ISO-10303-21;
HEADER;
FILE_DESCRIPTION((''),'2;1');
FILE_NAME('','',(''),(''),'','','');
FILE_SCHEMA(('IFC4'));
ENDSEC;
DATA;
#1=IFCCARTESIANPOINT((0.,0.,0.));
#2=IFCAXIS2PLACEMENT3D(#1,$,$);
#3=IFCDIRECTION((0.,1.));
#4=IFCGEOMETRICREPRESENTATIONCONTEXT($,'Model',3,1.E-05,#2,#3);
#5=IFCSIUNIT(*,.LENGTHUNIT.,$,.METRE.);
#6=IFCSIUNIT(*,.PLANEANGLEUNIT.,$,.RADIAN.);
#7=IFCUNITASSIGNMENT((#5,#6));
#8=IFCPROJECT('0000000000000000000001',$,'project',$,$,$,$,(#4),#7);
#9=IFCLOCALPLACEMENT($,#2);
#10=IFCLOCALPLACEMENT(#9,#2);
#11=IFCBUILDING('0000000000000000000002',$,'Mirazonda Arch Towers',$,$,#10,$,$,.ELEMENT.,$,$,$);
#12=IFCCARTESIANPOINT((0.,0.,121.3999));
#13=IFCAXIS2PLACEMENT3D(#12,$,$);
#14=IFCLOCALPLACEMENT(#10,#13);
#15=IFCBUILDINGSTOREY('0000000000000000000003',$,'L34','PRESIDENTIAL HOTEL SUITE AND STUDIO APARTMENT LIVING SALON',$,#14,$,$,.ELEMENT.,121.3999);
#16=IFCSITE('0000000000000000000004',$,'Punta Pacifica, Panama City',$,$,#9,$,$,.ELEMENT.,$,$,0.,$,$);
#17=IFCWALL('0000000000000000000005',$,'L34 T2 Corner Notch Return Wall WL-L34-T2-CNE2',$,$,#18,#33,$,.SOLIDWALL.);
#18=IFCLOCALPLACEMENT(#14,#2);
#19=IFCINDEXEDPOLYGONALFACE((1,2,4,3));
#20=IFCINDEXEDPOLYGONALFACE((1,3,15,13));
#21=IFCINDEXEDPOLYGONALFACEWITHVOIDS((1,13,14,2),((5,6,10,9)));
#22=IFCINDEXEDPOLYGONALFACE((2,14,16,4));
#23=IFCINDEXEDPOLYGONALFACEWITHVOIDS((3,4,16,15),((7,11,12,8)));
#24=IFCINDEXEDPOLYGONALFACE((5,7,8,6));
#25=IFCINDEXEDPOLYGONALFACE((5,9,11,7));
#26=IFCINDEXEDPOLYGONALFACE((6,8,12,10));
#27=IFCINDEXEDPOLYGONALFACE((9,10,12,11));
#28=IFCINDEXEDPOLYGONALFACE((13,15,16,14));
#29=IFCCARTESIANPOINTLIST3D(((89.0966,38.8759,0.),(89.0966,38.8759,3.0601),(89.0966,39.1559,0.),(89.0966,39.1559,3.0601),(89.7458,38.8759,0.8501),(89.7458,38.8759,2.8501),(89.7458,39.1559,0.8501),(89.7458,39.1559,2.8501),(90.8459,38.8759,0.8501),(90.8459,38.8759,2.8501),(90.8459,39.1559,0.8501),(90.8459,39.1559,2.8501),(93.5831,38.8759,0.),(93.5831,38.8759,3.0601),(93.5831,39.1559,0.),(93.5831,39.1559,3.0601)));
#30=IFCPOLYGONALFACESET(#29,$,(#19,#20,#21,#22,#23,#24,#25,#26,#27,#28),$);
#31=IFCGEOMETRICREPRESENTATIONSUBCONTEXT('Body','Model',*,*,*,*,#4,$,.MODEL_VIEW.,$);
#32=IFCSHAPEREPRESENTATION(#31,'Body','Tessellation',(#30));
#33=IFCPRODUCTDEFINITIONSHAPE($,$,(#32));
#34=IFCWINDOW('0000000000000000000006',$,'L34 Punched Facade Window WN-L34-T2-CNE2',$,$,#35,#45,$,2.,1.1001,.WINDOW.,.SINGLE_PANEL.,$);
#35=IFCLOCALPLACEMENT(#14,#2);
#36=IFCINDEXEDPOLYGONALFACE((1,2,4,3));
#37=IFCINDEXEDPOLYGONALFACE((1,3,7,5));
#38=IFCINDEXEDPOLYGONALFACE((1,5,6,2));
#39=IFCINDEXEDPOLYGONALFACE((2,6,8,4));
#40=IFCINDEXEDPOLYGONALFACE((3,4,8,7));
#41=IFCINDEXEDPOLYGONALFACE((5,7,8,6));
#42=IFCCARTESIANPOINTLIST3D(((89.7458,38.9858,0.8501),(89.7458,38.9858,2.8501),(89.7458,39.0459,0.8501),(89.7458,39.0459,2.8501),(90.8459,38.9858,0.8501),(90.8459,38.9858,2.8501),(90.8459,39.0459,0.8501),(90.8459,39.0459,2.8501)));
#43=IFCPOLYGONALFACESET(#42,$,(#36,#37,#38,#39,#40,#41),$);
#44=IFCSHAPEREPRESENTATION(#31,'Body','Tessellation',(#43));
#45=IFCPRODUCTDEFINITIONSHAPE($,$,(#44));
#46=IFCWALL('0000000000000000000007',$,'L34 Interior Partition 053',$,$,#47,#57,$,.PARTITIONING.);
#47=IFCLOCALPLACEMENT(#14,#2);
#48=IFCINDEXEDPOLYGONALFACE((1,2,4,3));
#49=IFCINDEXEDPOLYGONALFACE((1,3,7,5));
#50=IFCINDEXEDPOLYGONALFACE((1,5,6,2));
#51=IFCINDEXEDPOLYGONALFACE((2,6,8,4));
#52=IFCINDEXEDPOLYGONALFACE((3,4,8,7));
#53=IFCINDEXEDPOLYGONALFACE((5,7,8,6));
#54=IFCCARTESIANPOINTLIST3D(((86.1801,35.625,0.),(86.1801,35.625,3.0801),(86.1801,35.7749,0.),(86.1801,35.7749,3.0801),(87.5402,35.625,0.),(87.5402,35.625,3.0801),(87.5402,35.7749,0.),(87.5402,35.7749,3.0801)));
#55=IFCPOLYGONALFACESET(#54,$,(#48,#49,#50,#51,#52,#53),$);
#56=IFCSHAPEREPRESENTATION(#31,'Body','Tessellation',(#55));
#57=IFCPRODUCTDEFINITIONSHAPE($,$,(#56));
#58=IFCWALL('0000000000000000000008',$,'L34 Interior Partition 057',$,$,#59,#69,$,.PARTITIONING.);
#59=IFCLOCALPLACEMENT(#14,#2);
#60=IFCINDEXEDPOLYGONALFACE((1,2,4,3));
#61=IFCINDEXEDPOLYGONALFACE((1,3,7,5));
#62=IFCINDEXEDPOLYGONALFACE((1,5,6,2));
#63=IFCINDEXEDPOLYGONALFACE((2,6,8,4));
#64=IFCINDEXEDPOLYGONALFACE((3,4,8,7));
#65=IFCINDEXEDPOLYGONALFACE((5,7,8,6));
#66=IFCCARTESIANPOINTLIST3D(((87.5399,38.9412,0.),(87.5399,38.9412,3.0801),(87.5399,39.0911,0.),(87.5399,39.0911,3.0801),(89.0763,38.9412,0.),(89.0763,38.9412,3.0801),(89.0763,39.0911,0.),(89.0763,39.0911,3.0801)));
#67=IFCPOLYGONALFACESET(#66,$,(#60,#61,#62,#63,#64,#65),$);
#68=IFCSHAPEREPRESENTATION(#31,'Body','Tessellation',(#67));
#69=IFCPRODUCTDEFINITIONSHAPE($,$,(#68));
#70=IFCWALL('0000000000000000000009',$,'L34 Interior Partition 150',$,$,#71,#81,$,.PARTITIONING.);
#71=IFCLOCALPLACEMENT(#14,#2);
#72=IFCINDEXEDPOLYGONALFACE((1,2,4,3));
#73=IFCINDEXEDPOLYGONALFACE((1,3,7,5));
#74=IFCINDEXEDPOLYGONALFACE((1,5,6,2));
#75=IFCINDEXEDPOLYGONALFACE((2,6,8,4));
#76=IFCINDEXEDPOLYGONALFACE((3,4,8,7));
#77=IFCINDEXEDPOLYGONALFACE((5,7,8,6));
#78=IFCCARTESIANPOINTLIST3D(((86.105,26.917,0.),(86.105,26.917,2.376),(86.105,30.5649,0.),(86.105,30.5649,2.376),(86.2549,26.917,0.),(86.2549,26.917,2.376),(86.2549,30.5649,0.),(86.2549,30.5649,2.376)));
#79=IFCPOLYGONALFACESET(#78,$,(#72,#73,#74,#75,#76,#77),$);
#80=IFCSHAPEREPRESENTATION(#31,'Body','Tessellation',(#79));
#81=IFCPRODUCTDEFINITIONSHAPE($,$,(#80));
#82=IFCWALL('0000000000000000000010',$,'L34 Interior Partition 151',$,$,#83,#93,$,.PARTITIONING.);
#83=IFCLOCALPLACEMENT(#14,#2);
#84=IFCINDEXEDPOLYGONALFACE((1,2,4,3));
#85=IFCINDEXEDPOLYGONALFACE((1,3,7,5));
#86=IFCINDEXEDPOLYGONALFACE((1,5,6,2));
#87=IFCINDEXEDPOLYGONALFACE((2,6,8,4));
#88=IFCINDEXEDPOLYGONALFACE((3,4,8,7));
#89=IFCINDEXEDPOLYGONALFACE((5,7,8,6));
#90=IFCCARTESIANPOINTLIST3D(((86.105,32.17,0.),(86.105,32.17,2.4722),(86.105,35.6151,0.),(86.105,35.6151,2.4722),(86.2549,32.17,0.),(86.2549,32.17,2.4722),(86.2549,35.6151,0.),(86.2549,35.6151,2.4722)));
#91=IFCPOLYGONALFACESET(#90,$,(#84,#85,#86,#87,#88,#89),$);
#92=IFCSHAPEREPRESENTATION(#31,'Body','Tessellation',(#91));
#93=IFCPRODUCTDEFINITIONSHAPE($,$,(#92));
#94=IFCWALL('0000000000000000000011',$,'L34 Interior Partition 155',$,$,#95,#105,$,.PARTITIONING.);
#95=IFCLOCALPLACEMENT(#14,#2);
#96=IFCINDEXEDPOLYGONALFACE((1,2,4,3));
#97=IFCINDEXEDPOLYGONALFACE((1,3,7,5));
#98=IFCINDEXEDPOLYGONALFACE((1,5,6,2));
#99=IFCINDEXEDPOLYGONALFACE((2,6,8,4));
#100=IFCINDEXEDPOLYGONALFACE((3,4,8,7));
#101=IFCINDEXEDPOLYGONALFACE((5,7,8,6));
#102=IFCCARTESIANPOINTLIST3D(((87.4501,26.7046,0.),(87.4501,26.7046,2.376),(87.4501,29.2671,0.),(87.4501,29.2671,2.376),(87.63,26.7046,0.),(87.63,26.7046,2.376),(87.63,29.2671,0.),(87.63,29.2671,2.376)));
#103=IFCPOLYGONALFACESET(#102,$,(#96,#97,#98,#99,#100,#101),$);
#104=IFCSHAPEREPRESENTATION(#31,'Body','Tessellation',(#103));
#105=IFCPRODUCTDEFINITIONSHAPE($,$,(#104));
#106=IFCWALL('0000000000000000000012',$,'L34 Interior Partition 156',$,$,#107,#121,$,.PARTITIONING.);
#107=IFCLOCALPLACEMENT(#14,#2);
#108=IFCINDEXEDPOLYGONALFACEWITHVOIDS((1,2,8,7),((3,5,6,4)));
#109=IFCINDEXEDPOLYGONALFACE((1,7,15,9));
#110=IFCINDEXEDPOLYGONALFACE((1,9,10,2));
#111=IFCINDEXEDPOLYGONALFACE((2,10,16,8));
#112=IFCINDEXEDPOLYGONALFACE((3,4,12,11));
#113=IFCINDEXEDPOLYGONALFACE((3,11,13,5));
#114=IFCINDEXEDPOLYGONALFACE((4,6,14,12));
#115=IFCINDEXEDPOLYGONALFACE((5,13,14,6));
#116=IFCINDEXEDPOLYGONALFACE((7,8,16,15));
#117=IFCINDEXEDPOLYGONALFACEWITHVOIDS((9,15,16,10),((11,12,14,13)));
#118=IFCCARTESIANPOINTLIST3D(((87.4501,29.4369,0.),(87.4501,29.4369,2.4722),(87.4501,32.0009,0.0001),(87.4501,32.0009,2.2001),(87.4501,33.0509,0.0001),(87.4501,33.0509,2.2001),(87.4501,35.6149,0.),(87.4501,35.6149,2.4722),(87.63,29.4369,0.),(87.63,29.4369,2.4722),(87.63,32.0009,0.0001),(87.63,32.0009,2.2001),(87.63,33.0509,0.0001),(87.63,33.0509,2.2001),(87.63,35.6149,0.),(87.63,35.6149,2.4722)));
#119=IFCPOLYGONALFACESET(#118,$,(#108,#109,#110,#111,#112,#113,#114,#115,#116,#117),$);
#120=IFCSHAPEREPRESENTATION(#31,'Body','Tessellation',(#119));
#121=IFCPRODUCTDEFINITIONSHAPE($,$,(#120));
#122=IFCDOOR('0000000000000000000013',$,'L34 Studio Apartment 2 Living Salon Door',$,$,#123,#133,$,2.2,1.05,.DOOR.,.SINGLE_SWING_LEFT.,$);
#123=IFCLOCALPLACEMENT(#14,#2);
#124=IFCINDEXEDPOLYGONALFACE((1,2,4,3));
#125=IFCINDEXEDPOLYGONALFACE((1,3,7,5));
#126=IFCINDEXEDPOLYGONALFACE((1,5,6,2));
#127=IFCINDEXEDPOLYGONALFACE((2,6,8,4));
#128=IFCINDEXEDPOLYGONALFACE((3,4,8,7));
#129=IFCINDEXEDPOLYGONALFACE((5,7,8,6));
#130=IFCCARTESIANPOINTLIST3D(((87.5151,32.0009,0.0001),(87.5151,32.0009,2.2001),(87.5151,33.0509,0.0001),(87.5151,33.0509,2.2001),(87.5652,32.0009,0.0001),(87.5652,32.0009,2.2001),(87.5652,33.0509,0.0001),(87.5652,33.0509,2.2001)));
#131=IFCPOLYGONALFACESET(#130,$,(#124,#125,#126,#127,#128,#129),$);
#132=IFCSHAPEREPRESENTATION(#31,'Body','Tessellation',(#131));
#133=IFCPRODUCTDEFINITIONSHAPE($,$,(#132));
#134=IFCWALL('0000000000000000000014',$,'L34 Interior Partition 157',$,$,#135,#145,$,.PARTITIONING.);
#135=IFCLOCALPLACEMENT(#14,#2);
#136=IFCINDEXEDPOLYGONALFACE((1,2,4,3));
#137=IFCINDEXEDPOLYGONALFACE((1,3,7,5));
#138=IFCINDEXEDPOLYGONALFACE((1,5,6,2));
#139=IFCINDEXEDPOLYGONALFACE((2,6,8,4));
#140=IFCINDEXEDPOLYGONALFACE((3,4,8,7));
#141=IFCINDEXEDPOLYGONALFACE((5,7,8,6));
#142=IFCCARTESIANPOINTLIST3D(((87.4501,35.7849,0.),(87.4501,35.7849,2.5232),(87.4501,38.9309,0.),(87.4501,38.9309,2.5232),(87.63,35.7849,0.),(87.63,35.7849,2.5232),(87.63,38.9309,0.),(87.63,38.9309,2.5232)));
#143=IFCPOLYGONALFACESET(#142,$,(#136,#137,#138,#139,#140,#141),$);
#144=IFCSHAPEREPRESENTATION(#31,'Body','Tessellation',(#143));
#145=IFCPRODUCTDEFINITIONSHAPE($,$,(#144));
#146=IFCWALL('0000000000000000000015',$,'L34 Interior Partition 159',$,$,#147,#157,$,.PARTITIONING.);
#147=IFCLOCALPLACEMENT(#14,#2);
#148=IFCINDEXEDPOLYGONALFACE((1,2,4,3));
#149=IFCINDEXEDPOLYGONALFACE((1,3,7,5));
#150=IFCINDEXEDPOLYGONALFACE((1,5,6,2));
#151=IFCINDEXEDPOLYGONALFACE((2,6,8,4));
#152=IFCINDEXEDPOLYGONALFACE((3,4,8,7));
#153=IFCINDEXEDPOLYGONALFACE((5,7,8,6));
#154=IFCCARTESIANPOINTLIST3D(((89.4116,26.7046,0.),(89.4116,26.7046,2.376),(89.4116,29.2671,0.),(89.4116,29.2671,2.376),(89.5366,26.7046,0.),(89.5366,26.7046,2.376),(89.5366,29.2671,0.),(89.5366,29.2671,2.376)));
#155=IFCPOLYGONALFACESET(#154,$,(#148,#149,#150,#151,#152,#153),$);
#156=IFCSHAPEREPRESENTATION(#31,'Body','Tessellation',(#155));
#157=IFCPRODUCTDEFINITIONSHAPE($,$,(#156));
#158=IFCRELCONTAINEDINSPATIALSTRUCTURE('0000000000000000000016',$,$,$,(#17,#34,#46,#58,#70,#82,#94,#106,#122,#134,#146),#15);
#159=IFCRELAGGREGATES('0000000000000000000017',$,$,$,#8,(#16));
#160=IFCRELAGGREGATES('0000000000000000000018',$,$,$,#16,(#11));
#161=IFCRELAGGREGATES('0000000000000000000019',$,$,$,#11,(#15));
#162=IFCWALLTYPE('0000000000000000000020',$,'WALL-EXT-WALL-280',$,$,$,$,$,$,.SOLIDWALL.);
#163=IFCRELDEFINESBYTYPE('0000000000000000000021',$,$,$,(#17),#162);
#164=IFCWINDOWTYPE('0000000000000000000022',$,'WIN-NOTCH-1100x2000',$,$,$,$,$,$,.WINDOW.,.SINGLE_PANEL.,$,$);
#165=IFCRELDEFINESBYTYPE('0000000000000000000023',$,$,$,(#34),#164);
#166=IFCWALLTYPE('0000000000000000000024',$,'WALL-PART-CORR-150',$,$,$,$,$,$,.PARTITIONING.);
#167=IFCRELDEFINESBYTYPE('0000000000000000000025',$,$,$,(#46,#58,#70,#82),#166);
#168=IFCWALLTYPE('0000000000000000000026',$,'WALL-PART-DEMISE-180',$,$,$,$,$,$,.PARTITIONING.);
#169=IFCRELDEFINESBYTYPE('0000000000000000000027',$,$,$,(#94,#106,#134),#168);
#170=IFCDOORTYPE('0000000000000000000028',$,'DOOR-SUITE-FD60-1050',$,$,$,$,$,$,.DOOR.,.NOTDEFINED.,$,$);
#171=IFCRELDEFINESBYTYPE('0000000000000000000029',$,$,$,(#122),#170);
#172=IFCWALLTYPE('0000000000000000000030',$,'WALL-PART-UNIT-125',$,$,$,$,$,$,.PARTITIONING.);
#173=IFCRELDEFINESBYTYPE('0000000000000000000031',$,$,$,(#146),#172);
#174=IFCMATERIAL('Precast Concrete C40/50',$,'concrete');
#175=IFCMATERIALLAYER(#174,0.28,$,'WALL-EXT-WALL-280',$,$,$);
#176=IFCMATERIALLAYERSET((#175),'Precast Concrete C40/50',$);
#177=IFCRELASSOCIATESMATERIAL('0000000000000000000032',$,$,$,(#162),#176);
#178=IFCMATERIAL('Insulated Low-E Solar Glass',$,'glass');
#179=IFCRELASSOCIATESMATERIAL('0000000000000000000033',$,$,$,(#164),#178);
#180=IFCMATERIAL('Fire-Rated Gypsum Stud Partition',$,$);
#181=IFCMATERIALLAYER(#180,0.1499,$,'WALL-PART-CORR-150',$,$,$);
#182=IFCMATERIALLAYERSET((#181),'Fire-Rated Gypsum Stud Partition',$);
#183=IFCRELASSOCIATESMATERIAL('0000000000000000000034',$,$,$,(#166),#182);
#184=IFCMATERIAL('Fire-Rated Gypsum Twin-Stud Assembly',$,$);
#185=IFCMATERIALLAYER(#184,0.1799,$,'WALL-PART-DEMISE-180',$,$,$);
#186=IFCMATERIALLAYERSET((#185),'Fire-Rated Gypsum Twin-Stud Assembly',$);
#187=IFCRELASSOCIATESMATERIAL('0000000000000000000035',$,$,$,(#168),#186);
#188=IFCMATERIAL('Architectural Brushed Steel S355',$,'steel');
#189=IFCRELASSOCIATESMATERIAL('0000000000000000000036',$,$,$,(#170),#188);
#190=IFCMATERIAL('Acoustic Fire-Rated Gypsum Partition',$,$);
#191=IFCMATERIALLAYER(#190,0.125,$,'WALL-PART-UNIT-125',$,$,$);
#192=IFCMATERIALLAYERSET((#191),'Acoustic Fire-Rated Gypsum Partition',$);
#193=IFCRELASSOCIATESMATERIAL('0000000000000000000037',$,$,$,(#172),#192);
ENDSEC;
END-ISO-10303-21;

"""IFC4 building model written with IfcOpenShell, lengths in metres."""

from ifc_helpers import new_model, si_unit, direction, frame, frame_2d, origin, place, context, subcontext, project, spatial, rectangle, extrude, material, layer, layer_set, type_object, element, fill, save


model = new_model("IFC4")

# Units and contexts
model_context = context("Model", 3, precision=1e-05, world=origin(), true_north=direction((0.0, 1.0)))
body_context = subcontext(model_context, "Body", "Model", "MODEL_VIEW")
ifc_project = project(units=[si_unit("LENGTHUNIT", "METRE"), si_unit("PLANEANGLEUNIT", "RADIAN")], contexts=[model_context])

# Site, building, storey
site_placement = place(None, origin())
site = spatial("IfcSite", under=ifc_project, at=site_placement, Name="Punta Pacifica, Panama City", CompositionType="ELEMENT", RefElevation=0.0)
building_placement = place(site_placement, origin())
building = spatial("IfcBuilding", under=site, at=building_placement, Name="Mirazonda Arch Towers", CompositionType="ELEMENT")
storey_placement = place(building_placement, frame((0.0, 0.0, 121.3999)))
storey = spatial("IfcBuildingStorey", under=building, at=storey_placement, Name="L34", Description="PRESIDENTIAL HOTEL SUITE AND STUDIO APARTMENT LIVING SALON", CompositionType="ELEMENT", Elevation=121.3999)

# Shared definitions
ifc_material_1 = material(Name="Insulated Low-E Solar Glass", Category="glass")

# Wall, opening, window
ifc_material_2 = material(Name="Precast Concrete C40/50", Category="concrete")
ifc_layer_1 = layer(ifc_material_2, 0.28, Name="WALL-EXT-WALL-280")
ifc_layer_set_1 = layer_set([ifc_layer_1], Name="Precast Concrete C40/50")
wall_type_1 = type_object("IfcWallType", Name="WALL-EXT-WALL-280", PredefinedType="SOLIDWALL", material=ifc_layer_set_1)
window_type = type_object("IfcWindowType", Name="WIN-NOTCH-1100x2000", PartitioningType="SINGLE_PANEL", PredefinedType="WINDOW", material=ifc_material_1)
wall_1_placement = place(storey_placement, frame((93.583, 39.0159, 0.0), z_axis=(0.0, 0.0, 1.0), x_axis=(-1.0, 0.0, 0.0)))
wall_1 = element("IfcWall", 1, at=wall_1_placement, inside=storey, type_object=wall_type_1, Name="L34 T2 Corner Notch Return Wall WL-L34-T2-CNE2", PredefinedType="SOLIDWALL", context=body_context, shape_type="SweptSolid", body=[
    extrude(rectangle(XDim=4.4866, YDim=0.28, at=frame_2d((2.2432, 0.0))), origin(), (0.0, 0.0, 1.0), 3.0601),
])
opening_1_placement = place(wall_1_placement, frame((2.7371, 0.0, 0.8501)))
opening_1 = element("IfcOpeningElement", 2, at=opening_1_placement, cuts=wall_1, PredefinedType="OPENING", context=body_context, shape_type="SweptSolid", body=[
    extrude(rectangle(XDim=1.1001, YDim=2.0, at=frame_2d((0.55, 1.0))), frame((0.0, 0.1499, 0.0), z_axis=(0.0, -1.0, 0.0), x_axis=(1.0, 0.0, 0.0)), (0.0, 0.0, 1.0), 0.3),
])
window_1_placement = place(opening_1_placement, origin())
window_1 = element("IfcWindow", 3, at=window_1_placement, inside=storey, type_object=window_type, Name="L34 Punched Facade Window WN-L34-T2-CNE2", OverallHeight=2.0, OverallWidth=1.1001, PartitioningType="SINGLE_PANEL", PredefinedType="WINDOW", context=body_context, shape_type="SweptSolid", body=[
    extrude(rectangle(XDim=1.1001, YDim=2.0, at=frame_2d((0.55, 1.0))), frame((0.0, 0.03, 0.0), z_axis=(0.0, -1.0, 0.0), x_axis=(1.0, 0.0, 0.0)), (0.0, 0.0, 1.0), 0.0601),
])
fill(opening_1, window_1)

# Shared definitions
ifc_material_3 = material(Name="Fire-Rated Gypsum Stud Partition")
ifc_layer_2 = layer(ifc_material_3, 0.1499, Name="WALL-PART-CORR-150")
ifc_layer_set_2 = layer_set([ifc_layer_2], Name="Fire-Rated Gypsum Stud Partition")
wall_type_2 = type_object("IfcWallType", Name="WALL-PART-CORR-150", PredefinedType="PARTITIONING", material=ifc_layer_set_2)
ifc_material_4 = material(Name="Architectural Brushed Steel S355", Category="steel")

# Walls
wall_2_placement = place(storey_placement, frame((86.1799, 35.7, 0.0), z_axis=(0.0, 0.0, 1.0), x_axis=(1.0, 0.0, 0.0)))
element("IfcWall", 4, at=wall_2_placement, inside=storey, type_object=wall_type_2, Name="L34 Interior Partition 053", PredefinedType="PARTITIONING", context=body_context, shape_type="SweptSolid", body=[
    extrude(rectangle(XDim=1.3601, YDim=0.1499, at=frame_2d((0.6802, 0.0))), origin(), (0.0, 0.0, 1.0), 3.0801),
])
wall_3_placement = place(storey_placement, frame((87.54, 39.0161, 0.0), z_axis=(0.0, 0.0, 1.0), x_axis=(1.0, 0.0, 0.0)))
element("IfcWall", 5, at=wall_3_placement, inside=storey, type_object=wall_type_2, Name="L34 Interior Partition 057", PredefinedType="PARTITIONING", context=body_context, shape_type="SweptSolid", body=[
    extrude(rectangle(XDim=1.5364, YDim=0.1499, at=frame_2d((0.7681, 0.0))), origin(), (0.0, 0.0, 1.0), 3.0801),
])
wall_4_placement = place(storey_placement, frame((86.1799, 26.917, 0.0), z_axis=(0.0, 0.0, 1.0), x_axis=(0.0, 1.0, 0.0)))
element("IfcWall", 6, at=wall_4_placement, inside=storey, type_object=wall_type_2, Name="L34 Interior Partition 150", PredefinedType="PARTITIONING", context=body_context, shape_type="SweptSolid", body=[
    extrude(rectangle(XDim=3.6479, YDim=0.1499, at=frame_2d((1.824, 0.0))), origin(), (0.0, 0.0, 1.0), 2.376),
])
wall_5_placement = place(storey_placement, frame((86.1799, 32.1699, 0.0), z_axis=(0.0, 0.0, 1.0), x_axis=(0.0, 1.0, 0.0)))
element("IfcWall", 7, at=wall_5_placement, inside=storey, type_object=wall_type_2, Name="L34 Interior Partition 151", PredefinedType="PARTITIONING", context=body_context, shape_type="SweptSolid", body=[
    extrude(rectangle(XDim=3.4451, YDim=0.1499, at=frame_2d((1.7227, 0.0))), origin(), (0.0, 0.0, 1.0), 2.4722),
])
ifc_material_5 = material(Name="Fire-Rated Gypsum Twin-Stud Assembly")
ifc_layer_3 = layer(ifc_material_5, 0.1799, Name="WALL-PART-DEMISE-180")
ifc_layer_set_3 = layer_set([ifc_layer_3], Name="Fire-Rated Gypsum Twin-Stud Assembly")
wall_type_3 = type_object("IfcWallType", Name="WALL-PART-DEMISE-180", PredefinedType="PARTITIONING", material=ifc_layer_set_3)
wall_6_placement = place(storey_placement, frame((87.54, 26.7046, 0.0), z_axis=(0.0, 0.0, 1.0), x_axis=(0.0, 1.0, 0.0)))
element("IfcWall", 8, at=wall_6_placement, inside=storey, type_object=wall_type_3, Name="L34 Interior Partition 155", PredefinedType="PARTITIONING", context=body_context, shape_type="SweptSolid", body=[
    extrude(rectangle(XDim=2.5625, YDim=0.1799, at=frame_2d((1.2812, 0.0))), origin(), (0.0, 0.0, 1.0), 2.376),
])

# Wall, opening, door
wall_7_placement = place(storey_placement, frame((87.54, 29.437, 0.0), z_axis=(0.0, 0.0, 1.0), x_axis=(0.0, 1.0, 0.0)))
wall_7 = element("IfcWall", 9, at=wall_7_placement, inside=storey, type_object=wall_type_3, Name="L34 Interior Partition 156", PredefinedType="PARTITIONING", context=body_context, shape_type="SweptSolid", body=[
    extrude(rectangle(XDim=6.178, YDim=0.1799, at=frame_2d((3.0889, 0.0))), origin(), (0.0, 0.0, 1.0), 2.4722),
])
opening_2_placement = place(wall_7_placement, frame((2.564, 0.0, 0.0)))
opening_2 = element("IfcOpeningElement", 10, at=opening_2_placement, cuts=wall_7, PredefinedType="OPENING", context=body_context, shape_type="SweptSolid", body=[
    extrude(rectangle(XDim=1.05, YDim=2.2, at=frame_2d((0.5249, 1.1001))), frame((0.0, 0.0999, 0.0), z_axis=(0.0, -1.0, 0.0), x_axis=(1.0, 0.0, 0.0)), (0.0, 0.0, 1.0), 0.2),
])
door_type_1 = type_object("IfcDoorType", Name="DOOR-SUITE-FD60-1050", OperationType="NOTDEFINED", PredefinedType="DOOR", material=ifc_material_4)
door_1_placement = place(opening_2_placement, origin())
door_1 = element("IfcDoor", 11, at=door_1_placement, inside=storey, type_object=door_type_1, Name="L34 Studio Apartment 2 Living Salon Door", OperationType="SINGLE_SWING_LEFT", OverallHeight=2.2, OverallWidth=1.05, PredefinedType="DOOR", context=body_context, shape_type="SweptSolid", body=[
    extrude(rectangle(XDim=1.05, YDim=2.2, at=frame_2d((0.5249, 1.1001))), frame((0.0, 0.0249, 0.0), z_axis=(0.0, -1.0, 0.0), x_axis=(1.0, 0.0, 0.0)), (0.0, 0.0, 1.0), 0.05),
])
fill(opening_2, door_1)

# Walls
wall_8_placement = place(storey_placement, frame((87.54, 35.7849, 0.0), z_axis=(0.0, 0.0, 1.0), x_axis=(0.0, 1.0, 0.0)))
element("IfcWall", 12, at=wall_8_placement, inside=storey, type_object=wall_type_3, Name="L34 Interior Partition 157", PredefinedType="PARTITIONING", context=body_context, shape_type="SweptSolid", body=[
    extrude(rectangle(XDim=3.146, YDim=0.1799, at=frame_2d((1.573, 0.0))), origin(), (0.0, 0.0, 1.0), 2.5232),
])
ifc_material_6 = material(Name="Acoustic Fire-Rated Gypsum Partition")
ifc_layer_4 = layer(ifc_material_6, 0.125, Name="WALL-PART-UNIT-125")
ifc_layer_set_4 = layer_set([ifc_layer_4], Name="Acoustic Fire-Rated Gypsum Partition")
wall_type_4 = type_object("IfcWallType", Name="WALL-PART-UNIT-125", PredefinedType="PARTITIONING", material=ifc_layer_set_4)
wall_9_placement = place(storey_placement, frame((89.4741, 26.7046, 0.0), z_axis=(0.0, 0.0, 1.0), x_axis=(0.0, 1.0, 0.0)))
element("IfcWall", 13, at=wall_9_placement, inside=storey, type_object=wall_type_4, Name="L34 Interior Partition 159", PredefinedType="PARTITIONING", context=body_context, shape_type="SweptSolid", body=[
    extrude(rectangle(XDim=2.5625, YDim=0.125, at=frame_2d((1.2812, 0.0))), origin(), (0.0, 0.0, 1.0), 2.376),
])

save(model, "model.ifc")
